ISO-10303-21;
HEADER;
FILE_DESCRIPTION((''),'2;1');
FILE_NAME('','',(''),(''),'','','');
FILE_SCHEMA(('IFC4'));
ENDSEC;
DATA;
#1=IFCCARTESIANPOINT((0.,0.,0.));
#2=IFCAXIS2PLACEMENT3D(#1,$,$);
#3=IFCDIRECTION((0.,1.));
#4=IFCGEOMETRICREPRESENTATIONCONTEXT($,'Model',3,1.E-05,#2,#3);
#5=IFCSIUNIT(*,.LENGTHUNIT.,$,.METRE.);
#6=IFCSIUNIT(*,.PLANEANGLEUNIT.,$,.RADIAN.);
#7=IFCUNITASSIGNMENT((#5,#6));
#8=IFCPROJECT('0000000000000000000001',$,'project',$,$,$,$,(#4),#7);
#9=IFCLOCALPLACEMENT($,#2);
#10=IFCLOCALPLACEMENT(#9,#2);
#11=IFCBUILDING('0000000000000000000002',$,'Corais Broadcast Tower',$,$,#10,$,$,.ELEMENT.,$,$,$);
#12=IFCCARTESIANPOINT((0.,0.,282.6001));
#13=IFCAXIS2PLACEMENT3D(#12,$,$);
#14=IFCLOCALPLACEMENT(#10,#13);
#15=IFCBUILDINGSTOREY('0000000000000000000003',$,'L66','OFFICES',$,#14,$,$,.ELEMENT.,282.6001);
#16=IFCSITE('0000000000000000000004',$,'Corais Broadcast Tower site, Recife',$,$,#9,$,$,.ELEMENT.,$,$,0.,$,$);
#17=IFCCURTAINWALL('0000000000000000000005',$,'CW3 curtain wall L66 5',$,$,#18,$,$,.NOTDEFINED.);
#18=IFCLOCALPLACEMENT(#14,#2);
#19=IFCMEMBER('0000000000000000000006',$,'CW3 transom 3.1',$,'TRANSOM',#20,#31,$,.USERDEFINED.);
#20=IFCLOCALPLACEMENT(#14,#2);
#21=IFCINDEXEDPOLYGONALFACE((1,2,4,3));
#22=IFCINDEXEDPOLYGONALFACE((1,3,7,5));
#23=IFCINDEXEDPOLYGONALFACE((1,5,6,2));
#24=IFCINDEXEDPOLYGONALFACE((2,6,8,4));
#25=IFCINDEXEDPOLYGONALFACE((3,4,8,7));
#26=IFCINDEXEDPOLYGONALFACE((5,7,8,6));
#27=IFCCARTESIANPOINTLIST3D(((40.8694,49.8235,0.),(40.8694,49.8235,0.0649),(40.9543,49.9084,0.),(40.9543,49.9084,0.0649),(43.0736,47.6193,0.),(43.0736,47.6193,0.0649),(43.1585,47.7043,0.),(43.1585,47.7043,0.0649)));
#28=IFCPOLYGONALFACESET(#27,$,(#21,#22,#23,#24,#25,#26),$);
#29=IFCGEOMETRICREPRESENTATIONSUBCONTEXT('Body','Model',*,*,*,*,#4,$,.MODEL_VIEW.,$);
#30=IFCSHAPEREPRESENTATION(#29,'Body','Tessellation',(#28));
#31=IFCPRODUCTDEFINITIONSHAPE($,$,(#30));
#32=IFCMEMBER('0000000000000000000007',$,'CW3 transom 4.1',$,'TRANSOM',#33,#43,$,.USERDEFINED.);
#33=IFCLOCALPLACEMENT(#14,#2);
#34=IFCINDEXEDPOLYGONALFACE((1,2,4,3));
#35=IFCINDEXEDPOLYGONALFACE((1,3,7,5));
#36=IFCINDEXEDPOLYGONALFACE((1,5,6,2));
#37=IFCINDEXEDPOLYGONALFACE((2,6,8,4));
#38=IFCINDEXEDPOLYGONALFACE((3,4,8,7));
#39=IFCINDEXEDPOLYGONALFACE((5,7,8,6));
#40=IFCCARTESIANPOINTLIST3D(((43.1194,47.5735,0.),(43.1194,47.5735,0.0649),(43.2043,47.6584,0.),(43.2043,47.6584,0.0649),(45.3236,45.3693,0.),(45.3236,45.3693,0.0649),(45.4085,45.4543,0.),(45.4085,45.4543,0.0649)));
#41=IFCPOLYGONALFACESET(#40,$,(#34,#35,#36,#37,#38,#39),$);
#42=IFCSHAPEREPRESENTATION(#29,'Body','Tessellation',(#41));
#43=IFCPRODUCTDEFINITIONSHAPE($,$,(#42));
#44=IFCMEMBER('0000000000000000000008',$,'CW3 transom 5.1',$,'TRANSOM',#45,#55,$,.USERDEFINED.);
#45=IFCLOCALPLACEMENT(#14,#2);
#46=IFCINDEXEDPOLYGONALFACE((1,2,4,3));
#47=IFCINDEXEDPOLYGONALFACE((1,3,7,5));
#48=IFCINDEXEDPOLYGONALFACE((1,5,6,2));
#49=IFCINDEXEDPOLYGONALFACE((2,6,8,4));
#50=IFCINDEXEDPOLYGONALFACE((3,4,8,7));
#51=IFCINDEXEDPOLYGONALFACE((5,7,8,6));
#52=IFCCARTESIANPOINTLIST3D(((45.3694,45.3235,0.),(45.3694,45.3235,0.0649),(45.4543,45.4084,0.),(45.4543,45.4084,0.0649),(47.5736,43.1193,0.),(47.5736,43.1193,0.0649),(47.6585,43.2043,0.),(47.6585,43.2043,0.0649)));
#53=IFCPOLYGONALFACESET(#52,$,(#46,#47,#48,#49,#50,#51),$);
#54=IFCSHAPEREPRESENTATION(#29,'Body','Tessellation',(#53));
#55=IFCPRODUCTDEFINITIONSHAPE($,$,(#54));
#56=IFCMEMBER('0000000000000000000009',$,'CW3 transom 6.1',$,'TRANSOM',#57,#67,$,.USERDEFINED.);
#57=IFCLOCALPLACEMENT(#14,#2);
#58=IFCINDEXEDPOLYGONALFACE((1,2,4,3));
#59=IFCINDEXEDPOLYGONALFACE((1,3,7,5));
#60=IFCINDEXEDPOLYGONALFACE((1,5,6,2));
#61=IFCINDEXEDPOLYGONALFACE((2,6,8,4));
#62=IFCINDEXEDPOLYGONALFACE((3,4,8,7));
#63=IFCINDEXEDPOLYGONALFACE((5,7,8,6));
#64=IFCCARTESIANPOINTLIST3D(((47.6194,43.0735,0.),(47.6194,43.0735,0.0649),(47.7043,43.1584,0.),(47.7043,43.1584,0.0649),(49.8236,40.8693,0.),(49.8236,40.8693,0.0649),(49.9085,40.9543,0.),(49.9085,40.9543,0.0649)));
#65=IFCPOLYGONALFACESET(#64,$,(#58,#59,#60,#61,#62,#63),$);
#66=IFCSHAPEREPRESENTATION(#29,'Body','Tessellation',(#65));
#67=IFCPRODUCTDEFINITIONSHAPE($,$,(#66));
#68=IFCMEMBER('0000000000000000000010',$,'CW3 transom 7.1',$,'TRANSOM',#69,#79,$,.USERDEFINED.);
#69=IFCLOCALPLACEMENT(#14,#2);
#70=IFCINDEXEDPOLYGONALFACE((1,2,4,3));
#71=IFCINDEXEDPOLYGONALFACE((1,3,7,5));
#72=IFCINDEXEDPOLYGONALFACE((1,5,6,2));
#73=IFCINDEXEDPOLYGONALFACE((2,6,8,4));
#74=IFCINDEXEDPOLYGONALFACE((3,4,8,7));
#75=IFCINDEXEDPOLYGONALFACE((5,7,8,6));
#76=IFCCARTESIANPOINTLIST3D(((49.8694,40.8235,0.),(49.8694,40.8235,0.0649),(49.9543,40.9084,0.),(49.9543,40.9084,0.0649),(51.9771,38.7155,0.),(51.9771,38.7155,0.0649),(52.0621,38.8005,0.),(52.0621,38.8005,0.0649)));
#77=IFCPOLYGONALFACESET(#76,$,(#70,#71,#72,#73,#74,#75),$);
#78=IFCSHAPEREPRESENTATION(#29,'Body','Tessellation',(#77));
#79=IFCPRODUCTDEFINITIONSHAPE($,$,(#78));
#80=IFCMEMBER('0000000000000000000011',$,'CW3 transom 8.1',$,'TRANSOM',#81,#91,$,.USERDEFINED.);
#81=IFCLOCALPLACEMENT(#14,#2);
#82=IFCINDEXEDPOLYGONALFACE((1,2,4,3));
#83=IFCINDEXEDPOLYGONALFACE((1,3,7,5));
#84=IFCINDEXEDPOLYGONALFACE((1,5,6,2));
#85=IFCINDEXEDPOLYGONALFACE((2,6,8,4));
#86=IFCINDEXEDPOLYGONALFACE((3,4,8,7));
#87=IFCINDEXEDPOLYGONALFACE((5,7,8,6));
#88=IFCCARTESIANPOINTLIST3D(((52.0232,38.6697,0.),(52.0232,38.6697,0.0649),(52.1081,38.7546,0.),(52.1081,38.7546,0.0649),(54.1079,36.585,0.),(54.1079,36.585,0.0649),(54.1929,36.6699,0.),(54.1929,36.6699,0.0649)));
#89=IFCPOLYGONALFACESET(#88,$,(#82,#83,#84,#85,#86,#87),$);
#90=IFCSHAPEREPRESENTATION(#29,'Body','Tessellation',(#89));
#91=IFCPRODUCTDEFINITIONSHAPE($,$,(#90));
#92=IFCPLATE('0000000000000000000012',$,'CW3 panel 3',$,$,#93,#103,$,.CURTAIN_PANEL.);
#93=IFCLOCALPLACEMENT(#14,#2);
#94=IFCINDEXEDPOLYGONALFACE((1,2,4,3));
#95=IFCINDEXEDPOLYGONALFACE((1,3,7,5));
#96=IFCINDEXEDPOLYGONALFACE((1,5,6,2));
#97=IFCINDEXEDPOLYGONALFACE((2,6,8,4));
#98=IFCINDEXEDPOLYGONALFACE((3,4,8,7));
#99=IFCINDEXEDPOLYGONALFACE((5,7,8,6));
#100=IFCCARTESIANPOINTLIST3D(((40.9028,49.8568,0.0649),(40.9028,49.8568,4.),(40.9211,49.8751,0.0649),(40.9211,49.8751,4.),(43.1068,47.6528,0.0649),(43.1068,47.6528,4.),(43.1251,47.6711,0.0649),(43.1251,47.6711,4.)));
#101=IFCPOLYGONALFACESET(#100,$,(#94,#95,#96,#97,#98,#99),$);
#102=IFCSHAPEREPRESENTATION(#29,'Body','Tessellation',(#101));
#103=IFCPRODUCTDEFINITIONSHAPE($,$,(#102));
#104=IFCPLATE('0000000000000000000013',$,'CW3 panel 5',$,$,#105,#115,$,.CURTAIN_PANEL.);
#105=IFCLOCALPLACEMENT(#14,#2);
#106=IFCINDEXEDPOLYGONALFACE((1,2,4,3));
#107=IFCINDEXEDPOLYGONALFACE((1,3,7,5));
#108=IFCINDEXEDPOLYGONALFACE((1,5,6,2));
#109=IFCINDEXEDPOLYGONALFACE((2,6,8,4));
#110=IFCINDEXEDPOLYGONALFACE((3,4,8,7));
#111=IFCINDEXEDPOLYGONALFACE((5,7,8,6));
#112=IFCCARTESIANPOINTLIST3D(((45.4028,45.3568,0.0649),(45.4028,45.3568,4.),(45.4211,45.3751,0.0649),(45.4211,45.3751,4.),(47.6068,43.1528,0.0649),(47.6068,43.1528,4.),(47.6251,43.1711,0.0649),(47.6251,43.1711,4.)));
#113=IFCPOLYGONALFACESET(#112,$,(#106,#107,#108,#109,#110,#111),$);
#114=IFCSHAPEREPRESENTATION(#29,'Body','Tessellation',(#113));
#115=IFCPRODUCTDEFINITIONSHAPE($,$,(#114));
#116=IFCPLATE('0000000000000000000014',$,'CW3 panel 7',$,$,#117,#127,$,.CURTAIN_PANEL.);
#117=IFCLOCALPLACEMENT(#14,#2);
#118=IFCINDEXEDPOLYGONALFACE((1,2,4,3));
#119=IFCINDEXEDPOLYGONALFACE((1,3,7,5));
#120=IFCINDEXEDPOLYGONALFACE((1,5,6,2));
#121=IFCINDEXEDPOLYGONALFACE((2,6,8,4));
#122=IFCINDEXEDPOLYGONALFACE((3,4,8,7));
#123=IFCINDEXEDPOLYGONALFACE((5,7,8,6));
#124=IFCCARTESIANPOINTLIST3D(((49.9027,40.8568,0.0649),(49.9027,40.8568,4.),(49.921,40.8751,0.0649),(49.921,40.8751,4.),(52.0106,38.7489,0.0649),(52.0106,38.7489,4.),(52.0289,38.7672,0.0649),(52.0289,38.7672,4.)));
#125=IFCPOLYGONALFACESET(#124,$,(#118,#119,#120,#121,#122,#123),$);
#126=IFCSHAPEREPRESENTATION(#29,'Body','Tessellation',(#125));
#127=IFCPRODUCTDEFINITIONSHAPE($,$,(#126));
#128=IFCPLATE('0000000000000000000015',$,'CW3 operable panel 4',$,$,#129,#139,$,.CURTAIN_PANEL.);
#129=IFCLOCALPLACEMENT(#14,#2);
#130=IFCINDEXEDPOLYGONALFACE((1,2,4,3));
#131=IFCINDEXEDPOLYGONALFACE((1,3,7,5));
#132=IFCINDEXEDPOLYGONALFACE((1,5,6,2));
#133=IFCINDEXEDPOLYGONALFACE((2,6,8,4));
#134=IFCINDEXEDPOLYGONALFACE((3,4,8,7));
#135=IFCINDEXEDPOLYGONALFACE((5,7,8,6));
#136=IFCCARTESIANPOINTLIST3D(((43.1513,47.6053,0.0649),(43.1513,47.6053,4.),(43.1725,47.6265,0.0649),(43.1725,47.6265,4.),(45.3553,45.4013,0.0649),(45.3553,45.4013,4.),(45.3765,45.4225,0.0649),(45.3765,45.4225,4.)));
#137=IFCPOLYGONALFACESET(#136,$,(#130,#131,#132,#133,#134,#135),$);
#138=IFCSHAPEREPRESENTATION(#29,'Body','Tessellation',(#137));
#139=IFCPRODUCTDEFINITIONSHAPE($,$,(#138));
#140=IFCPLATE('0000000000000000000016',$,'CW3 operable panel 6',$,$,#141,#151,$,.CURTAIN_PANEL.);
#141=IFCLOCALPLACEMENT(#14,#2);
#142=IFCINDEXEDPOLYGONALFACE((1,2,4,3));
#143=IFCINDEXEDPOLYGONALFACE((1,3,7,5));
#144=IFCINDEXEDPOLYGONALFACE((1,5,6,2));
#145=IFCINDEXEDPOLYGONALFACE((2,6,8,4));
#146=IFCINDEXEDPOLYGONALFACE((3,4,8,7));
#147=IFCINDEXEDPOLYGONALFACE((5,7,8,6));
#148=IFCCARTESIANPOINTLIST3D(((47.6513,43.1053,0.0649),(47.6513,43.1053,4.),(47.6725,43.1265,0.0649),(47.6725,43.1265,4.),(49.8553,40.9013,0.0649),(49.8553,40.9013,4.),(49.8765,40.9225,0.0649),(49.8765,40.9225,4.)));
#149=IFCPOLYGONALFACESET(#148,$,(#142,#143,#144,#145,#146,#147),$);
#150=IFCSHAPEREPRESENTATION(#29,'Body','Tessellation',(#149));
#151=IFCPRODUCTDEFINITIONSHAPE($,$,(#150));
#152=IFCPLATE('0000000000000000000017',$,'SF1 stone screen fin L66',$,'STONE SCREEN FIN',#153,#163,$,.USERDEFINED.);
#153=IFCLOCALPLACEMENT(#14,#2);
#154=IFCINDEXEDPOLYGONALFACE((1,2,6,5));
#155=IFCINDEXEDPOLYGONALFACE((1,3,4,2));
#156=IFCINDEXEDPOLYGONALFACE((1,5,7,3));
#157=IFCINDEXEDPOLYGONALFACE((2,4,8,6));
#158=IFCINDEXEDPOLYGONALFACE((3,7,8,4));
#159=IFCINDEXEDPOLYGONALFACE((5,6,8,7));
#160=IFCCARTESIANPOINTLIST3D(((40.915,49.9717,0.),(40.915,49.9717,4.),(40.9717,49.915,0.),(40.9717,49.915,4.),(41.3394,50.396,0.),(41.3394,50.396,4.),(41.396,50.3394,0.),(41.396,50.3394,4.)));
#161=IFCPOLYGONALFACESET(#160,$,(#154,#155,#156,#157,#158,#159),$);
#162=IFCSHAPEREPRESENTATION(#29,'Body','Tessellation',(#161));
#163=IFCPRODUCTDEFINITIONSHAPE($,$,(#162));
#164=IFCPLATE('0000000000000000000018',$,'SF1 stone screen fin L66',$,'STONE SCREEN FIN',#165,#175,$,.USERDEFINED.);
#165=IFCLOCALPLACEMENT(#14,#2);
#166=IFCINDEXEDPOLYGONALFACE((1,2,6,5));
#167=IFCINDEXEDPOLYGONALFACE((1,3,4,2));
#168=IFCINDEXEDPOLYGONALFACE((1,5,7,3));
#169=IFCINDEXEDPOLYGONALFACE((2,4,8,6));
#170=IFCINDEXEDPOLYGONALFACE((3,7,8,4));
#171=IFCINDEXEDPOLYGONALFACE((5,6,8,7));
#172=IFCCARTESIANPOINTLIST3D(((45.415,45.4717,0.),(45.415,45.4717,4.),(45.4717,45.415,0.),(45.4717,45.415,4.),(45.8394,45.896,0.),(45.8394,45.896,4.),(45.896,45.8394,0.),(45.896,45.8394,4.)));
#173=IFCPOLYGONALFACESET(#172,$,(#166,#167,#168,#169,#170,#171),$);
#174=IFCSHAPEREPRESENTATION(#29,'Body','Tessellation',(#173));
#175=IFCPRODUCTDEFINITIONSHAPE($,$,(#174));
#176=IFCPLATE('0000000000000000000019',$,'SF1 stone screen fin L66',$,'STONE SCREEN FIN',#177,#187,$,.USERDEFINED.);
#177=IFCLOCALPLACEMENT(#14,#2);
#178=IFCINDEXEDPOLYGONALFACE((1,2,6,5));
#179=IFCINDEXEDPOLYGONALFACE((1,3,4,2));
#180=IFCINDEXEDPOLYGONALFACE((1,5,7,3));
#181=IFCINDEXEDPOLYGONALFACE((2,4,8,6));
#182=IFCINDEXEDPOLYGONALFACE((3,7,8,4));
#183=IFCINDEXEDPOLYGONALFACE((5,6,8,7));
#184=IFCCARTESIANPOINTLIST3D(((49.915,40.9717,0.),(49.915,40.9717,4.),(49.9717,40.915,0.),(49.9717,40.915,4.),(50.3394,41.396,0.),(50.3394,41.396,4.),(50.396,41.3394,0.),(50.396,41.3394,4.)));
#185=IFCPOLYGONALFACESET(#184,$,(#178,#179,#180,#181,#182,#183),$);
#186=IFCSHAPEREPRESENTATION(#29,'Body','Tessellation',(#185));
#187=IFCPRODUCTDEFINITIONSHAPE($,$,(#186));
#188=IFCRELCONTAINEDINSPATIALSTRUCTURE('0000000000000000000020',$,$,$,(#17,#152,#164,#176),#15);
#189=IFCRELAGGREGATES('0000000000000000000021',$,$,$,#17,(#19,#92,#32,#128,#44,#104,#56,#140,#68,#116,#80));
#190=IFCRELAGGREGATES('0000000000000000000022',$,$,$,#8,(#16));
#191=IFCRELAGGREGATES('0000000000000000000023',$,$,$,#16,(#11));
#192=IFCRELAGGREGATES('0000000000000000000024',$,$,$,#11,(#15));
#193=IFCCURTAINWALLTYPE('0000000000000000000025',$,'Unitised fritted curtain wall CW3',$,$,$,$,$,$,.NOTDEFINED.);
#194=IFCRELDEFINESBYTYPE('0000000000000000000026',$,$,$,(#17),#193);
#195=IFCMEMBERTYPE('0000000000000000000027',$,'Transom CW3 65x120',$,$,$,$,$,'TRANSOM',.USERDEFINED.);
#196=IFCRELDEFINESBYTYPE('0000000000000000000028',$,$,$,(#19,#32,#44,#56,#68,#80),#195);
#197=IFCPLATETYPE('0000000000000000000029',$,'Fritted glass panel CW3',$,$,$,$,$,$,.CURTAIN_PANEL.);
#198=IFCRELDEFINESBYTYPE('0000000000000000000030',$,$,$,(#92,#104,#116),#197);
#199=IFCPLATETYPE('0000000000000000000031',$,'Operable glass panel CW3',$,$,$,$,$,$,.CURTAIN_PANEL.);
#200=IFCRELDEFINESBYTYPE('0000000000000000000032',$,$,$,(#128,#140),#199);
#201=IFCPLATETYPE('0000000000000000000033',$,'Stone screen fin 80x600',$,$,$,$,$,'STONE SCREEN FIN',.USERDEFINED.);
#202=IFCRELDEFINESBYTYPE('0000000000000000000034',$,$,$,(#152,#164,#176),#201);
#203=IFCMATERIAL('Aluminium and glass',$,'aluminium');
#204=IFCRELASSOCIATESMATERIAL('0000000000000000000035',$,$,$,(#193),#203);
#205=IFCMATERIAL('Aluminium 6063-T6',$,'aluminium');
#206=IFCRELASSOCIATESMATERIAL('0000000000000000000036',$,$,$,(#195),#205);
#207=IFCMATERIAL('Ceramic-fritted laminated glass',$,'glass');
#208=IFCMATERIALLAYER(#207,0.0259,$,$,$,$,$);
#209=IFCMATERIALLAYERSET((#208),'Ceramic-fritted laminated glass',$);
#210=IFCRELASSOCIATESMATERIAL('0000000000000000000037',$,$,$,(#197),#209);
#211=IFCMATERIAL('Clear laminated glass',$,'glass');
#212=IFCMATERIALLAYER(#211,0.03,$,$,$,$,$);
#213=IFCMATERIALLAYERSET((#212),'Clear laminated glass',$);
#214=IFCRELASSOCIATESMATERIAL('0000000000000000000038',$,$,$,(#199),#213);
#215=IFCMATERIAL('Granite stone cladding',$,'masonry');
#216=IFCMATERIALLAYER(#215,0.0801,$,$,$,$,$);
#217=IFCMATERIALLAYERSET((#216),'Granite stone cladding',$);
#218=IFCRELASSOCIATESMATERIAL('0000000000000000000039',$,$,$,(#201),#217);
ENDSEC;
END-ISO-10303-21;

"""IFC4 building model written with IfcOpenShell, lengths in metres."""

from ifc_helpers import new_model, si_unit, direction, frame, origin, origin_2d, place, context, subcontext, project, spatial, rectangle, extrude, material, layer, layer_set, material_profile, profile_set, type_object, element, aggregate, save


model = new_model("IFC4")

# Units and contexts
model_context = context("Model", 3, precision=1e-05, world=origin(), true_north=direction((0.0, 1.0)))
body_context = subcontext(model_context, "Body", "Model", "MODEL_VIEW")
ifc_project = project(units=[si_unit("LENGTHUNIT", "METRE"), si_unit("PLANEANGLEUNIT", "RADIAN")], contexts=[model_context])

# Site, building, storey
site_placement = place(None, origin())
site = spatial("IfcSite", under=ifc_project, at=site_placement, Name="Corais Broadcast Tower site, Recife", CompositionType="ELEMENT", RefElevation=0.0)
building_placement = place(site_placement, origin())
building = spatial("IfcBuilding", under=site, at=building_placement, Name="Corais Broadcast Tower", CompositionType="ELEMENT")
storey_placement = place(building_placement, frame((0.0, 0.0, 282.6001)))
storey = spatial("IfcBuildingStorey", under=building, at=storey_placement, Name="L66", Description="OFFICES", CompositionType="ELEMENT", Elevation=282.6001)

# Curtain wall
ifc_material_1 = material(Name="Aluminium and glass", Category="aluminium")
curtain_wall_type = type_object("IfcCurtainWallType", Name="Unitised fritted curtain wall CW3", PredefinedType="NOTDEFINED", material=ifc_material_1)
curtain_wall_placement = place(storey_placement, origin())
curtain_wall = element("IfcCurtainWall", 1, at=curtain_wall_placement, inside=storey, type_object=curtain_wall_type, Name="CW3 curtain wall L66 5", PredefinedType="NOTDEFINED")

# Members
ifc_material_2 = material(Name="Aluminium 6063-T6", Category="aluminium")
ifc_material_profile_1 = material_profile(ifc_material_2, rectangle(XDim=0.1201, YDim=0.0649, at=origin_2d()), Name="Transom CW3 65x120")
ifc_profile_set_1 = profile_set([ifc_material_profile_1], Name="Aluminium 6063-T6")
member_type_1 = type_object("IfcMemberType", Name="Transom CW3 65x120", ElementType="TRANSOM", PredefinedType="USERDEFINED", material=ifc_profile_set_1)
member_1_placement = place(storey_placement, frame((40.9119, 49.866, 0.0325), z_axis=(0.707107, -0.707107, 0.0), x_axis=(0.707107, 0.707107, 0.0)))
member_1 = element("IfcMember", 2, at=member_1_placement, type_object=member_type_1, Name="CW3 transom 3.1", ObjectType="TRANSOM", PredefinedType="USERDEFINED", context=body_context, shape_type="SweptSolid", body=[
    extrude(rectangle(XDim=0.1201, YDim=0.0649, at=origin_2d()), origin(), (0.0, 0.0, 1.0), 3.1172),
])
member_2_placement = place(storey_placement, frame((43.1619, 47.616, 0.0325), z_axis=(0.707107, -0.707107, 0.0), x_axis=(0.707107, 0.707107, 0.0)))
member_2 = element("IfcMember", 3, at=member_2_placement, type_object=member_type_1, Name="CW3 transom 4.1", ObjectType="TRANSOM", PredefinedType="USERDEFINED", context=body_context, shape_type="SweptSolid", body=[
    extrude(rectangle(XDim=0.1201, YDim=0.0649, at=origin_2d()), origin(), (0.0, 0.0, 1.0), 3.1172),
])
member_3_placement = place(storey_placement, frame((45.4119, 45.366, 0.0325), z_axis=(0.707107, -0.707107, 0.0), x_axis=(0.707107, 0.707107, 0.0)))
member_3 = element("IfcMember", 4, at=member_3_placement, type_object=member_type_1, Name="CW3 transom 5.1", ObjectType="TRANSOM", PredefinedType="USERDEFINED", context=body_context, shape_type="SweptSolid", body=[
    extrude(rectangle(XDim=0.1201, YDim=0.0649, at=origin_2d()), origin(), (0.0, 0.0, 1.0), 3.1172),
])
member_4_placement = place(storey_placement, frame((47.6619, 43.116, 0.0325), z_axis=(0.707107, -0.707107, 0.0), x_axis=(0.707107, 0.707107, 0.0)))
member_4 = element("IfcMember", 5, at=member_4_placement, type_object=member_type_1, Name="CW3 transom 6.1", ObjectType="TRANSOM", PredefinedType="USERDEFINED", context=body_context, shape_type="SweptSolid", body=[
    extrude(rectangle(XDim=0.1201, YDim=0.0649, at=origin_2d()), origin(), (0.0, 0.0, 1.0), 3.1172),
])
member_5_placement = place(storey_placement, frame((49.9119, 40.866, 0.0325), z_axis=(0.707066, -0.707148, 0.0), x_axis=(0.707148, 0.707066, 0.0)))
member_5 = element("IfcMember", 6, at=member_5_placement, type_object=member_type_1, Name="CW3 transom 7.1", ObjectType="TRANSOM", PredefinedType="USERDEFINED", context=body_context, shape_type="SweptSolid", body=[
    extrude(rectangle(XDim=0.1201, YDim=0.0649, at=origin_2d()), origin(), (0.0, 0.0, 1.0), 2.981),
])
member_6_placement = place(storey_placement, frame((52.0657, 38.7122, 0.0325), z_axis=(0.707107, -0.707107, 0.0), x_axis=(0.707107, 0.707107, 0.0)))
member_6 = element("IfcMember", 7, at=member_6_placement, type_object=member_type_1, Name="CW3 transom 8.1", ObjectType="TRANSOM", PredefinedType="USERDEFINED", context=body_context, shape_type="SweptSolid", body=[
    extrude(rectangle(XDim=0.1201, YDim=0.0649, at=origin_2d()), origin(), (0.0, 0.0, 1.0), 2.9482),
])

# Plates
ifc_material_3 = material(Name="Ceramic-fritted laminated glass", Category="glass")
ifc_layer_1 = layer(ifc_material_3, 0.0259)
ifc_layer_set_1 = layer_set([ifc_layer_1], Name="Ceramic-fritted laminated glass")
plate_type_1 = type_object("IfcPlateType", Name="Fritted glass panel CW3", PredefinedType="CURTAIN_PANEL", material=ifc_layer_set_1)
plate_1_placement = place(storey_placement, frame((42.0139, 48.7639, 0.0649), z_axis=(0.0, 0.0, 1.0), x_axis=(0.707107, -0.707107, 0.0)))
plate_1 = element("IfcPlate", 8, at=plate_1_placement, type_object=plate_type_1, Name="CW3 panel 3", PredefinedType="CURTAIN_PANEL", context=body_context, shape_type="SweptSolid", body=[
    extrude(rectangle(XDim=3.1169, YDim=0.0259, at=origin_2d()), origin(), (0.0, 0.0, 1.0), 3.9351),
])
plate_2_placement = place(storey_placement, frame((46.5139, 44.2639, 0.0649), z_axis=(0.0, 0.0, 1.0), x_axis=(0.707107, -0.707107, 0.0)))
plate_2 = element("IfcPlate", 9, at=plate_2_placement, type_object=plate_type_1, Name="CW3 panel 5", PredefinedType="CURTAIN_PANEL", context=body_context, shape_type="SweptSolid", body=[
    extrude(rectangle(XDim=3.1169, YDim=0.0259, at=origin_2d()), origin(), (0.0, 0.0, 1.0), 3.9351),
])
plate_3_placement = place(storey_placement, frame((50.9658, 39.812, 0.0649), z_axis=(0.0, 0.0, 1.0), x_axis=(0.707107, -0.707107, 0.0)))
plate_3 = element("IfcPlate", 10, at=plate_3_placement, type_object=plate_type_1, Name="CW3 panel 7", PredefinedType="CURTAIN_PANEL", context=body_context, shape_type="SweptSolid", body=[
    extrude(rectangle(XDim=2.981, YDim=0.0259, at=origin_2d()), origin(), (0.0, 0.0, 1.0), 3.9351),
])
ifc_material_4 = material(Name="Clear laminated glass", Category="glass")
ifc_layer_2 = layer(ifc_material_4, 0.03)
ifc_layer_set_2 = layer_set([ifc_layer_2], Name="Clear laminated glass")
plate_type_2 = type_object("IfcPlateType", Name="Operable glass panel CW3", PredefinedType="CURTAIN_PANEL", material=ifc_layer_set_2)
plate_4_placement = place(storey_placement, frame((44.2639, 46.5139, 0.0649), z_axis=(0.0, 0.0, 1.0), x_axis=(0.707107, -0.707107, 0.0)))
plate_4 = element("IfcPlate", 11, at=plate_4_placement, type_object=plate_type_2, Name="CW3 operable panel 4", PredefinedType="CURTAIN_PANEL", context=body_context, shape_type="SweptSolid", body=[
    extrude(rectangle(XDim=3.1169, YDim=0.03, at=origin_2d()), origin(), (0.0, 0.0, 1.0), 3.9351),
])
plate_5_placement = place(storey_placement, frame((48.7639, 42.0139, 0.0649), z_axis=(0.0, 0.0, 1.0), x_axis=(0.707107, -0.707107, 0.0)))
plate_5 = element("IfcPlate", 12, at=plate_5_placement, type_object=plate_type_2, Name="CW3 operable panel 6", PredefinedType="CURTAIN_PANEL", context=body_context, shape_type="SweptSolid", body=[
    extrude(rectangle(XDim=3.1169, YDim=0.03, at=origin_2d()), origin(), (0.0, 0.0, 1.0), 3.9351),
])
aggregate(curtain_wall, [member_1, plate_1, member_2, plate_4, member_3, plate_2, member_4, plate_5, member_5, plate_3, member_6])

# Plates
ifc_material_5 = material(Name="Granite stone cladding", Category="masonry")
ifc_layer_3 = layer(ifc_material_5, 0.0801)
ifc_layer_set_3 = layer_set([ifc_layer_3], Name="Granite stone cladding")
plate_type_3 = type_object("IfcPlateType", Name="Stone screen fin 80x600", ElementType="STONE SCREEN FIN", PredefinedType="USERDEFINED", material=ifc_layer_set_3)
for number, where, z_axis, x_axis, name in (
    (13, (41.1555, 50.1555, 0.0), (0.0, 0.0, 1.0), (0.707107, -0.707107, 0.0), "SF1 stone screen fin L66"),
    (14, (45.6555, 45.6555, 0.0), (0.0, 0.0, 1.0), (0.707107, -0.707107, 0.0), "SF1 stone screen fin L66"),
    (15, (50.1555, 41.1555, 0.0), (0.0, 0.0, 1.0), (0.707107, -0.707107, 0.0), "SF1 stone screen fin L66"),
):
    element("IfcPlate", number, at=place(storey_placement, frame(where, z_axis=z_axis, x_axis=x_axis)), inside=storey, type_object=plate_type_3, Name=name, ObjectType="STONE SCREEN FIN", PredefinedType="USERDEFINED", context=body_context, shape_type="SweptSolid", body=[
        extrude(rectangle(XDim=0.0801, YDim=0.6001, at=origin_2d()), origin(), (0.0, 0.0, 1.0), 4.0),
    ])

save(model, "model.ifc")
